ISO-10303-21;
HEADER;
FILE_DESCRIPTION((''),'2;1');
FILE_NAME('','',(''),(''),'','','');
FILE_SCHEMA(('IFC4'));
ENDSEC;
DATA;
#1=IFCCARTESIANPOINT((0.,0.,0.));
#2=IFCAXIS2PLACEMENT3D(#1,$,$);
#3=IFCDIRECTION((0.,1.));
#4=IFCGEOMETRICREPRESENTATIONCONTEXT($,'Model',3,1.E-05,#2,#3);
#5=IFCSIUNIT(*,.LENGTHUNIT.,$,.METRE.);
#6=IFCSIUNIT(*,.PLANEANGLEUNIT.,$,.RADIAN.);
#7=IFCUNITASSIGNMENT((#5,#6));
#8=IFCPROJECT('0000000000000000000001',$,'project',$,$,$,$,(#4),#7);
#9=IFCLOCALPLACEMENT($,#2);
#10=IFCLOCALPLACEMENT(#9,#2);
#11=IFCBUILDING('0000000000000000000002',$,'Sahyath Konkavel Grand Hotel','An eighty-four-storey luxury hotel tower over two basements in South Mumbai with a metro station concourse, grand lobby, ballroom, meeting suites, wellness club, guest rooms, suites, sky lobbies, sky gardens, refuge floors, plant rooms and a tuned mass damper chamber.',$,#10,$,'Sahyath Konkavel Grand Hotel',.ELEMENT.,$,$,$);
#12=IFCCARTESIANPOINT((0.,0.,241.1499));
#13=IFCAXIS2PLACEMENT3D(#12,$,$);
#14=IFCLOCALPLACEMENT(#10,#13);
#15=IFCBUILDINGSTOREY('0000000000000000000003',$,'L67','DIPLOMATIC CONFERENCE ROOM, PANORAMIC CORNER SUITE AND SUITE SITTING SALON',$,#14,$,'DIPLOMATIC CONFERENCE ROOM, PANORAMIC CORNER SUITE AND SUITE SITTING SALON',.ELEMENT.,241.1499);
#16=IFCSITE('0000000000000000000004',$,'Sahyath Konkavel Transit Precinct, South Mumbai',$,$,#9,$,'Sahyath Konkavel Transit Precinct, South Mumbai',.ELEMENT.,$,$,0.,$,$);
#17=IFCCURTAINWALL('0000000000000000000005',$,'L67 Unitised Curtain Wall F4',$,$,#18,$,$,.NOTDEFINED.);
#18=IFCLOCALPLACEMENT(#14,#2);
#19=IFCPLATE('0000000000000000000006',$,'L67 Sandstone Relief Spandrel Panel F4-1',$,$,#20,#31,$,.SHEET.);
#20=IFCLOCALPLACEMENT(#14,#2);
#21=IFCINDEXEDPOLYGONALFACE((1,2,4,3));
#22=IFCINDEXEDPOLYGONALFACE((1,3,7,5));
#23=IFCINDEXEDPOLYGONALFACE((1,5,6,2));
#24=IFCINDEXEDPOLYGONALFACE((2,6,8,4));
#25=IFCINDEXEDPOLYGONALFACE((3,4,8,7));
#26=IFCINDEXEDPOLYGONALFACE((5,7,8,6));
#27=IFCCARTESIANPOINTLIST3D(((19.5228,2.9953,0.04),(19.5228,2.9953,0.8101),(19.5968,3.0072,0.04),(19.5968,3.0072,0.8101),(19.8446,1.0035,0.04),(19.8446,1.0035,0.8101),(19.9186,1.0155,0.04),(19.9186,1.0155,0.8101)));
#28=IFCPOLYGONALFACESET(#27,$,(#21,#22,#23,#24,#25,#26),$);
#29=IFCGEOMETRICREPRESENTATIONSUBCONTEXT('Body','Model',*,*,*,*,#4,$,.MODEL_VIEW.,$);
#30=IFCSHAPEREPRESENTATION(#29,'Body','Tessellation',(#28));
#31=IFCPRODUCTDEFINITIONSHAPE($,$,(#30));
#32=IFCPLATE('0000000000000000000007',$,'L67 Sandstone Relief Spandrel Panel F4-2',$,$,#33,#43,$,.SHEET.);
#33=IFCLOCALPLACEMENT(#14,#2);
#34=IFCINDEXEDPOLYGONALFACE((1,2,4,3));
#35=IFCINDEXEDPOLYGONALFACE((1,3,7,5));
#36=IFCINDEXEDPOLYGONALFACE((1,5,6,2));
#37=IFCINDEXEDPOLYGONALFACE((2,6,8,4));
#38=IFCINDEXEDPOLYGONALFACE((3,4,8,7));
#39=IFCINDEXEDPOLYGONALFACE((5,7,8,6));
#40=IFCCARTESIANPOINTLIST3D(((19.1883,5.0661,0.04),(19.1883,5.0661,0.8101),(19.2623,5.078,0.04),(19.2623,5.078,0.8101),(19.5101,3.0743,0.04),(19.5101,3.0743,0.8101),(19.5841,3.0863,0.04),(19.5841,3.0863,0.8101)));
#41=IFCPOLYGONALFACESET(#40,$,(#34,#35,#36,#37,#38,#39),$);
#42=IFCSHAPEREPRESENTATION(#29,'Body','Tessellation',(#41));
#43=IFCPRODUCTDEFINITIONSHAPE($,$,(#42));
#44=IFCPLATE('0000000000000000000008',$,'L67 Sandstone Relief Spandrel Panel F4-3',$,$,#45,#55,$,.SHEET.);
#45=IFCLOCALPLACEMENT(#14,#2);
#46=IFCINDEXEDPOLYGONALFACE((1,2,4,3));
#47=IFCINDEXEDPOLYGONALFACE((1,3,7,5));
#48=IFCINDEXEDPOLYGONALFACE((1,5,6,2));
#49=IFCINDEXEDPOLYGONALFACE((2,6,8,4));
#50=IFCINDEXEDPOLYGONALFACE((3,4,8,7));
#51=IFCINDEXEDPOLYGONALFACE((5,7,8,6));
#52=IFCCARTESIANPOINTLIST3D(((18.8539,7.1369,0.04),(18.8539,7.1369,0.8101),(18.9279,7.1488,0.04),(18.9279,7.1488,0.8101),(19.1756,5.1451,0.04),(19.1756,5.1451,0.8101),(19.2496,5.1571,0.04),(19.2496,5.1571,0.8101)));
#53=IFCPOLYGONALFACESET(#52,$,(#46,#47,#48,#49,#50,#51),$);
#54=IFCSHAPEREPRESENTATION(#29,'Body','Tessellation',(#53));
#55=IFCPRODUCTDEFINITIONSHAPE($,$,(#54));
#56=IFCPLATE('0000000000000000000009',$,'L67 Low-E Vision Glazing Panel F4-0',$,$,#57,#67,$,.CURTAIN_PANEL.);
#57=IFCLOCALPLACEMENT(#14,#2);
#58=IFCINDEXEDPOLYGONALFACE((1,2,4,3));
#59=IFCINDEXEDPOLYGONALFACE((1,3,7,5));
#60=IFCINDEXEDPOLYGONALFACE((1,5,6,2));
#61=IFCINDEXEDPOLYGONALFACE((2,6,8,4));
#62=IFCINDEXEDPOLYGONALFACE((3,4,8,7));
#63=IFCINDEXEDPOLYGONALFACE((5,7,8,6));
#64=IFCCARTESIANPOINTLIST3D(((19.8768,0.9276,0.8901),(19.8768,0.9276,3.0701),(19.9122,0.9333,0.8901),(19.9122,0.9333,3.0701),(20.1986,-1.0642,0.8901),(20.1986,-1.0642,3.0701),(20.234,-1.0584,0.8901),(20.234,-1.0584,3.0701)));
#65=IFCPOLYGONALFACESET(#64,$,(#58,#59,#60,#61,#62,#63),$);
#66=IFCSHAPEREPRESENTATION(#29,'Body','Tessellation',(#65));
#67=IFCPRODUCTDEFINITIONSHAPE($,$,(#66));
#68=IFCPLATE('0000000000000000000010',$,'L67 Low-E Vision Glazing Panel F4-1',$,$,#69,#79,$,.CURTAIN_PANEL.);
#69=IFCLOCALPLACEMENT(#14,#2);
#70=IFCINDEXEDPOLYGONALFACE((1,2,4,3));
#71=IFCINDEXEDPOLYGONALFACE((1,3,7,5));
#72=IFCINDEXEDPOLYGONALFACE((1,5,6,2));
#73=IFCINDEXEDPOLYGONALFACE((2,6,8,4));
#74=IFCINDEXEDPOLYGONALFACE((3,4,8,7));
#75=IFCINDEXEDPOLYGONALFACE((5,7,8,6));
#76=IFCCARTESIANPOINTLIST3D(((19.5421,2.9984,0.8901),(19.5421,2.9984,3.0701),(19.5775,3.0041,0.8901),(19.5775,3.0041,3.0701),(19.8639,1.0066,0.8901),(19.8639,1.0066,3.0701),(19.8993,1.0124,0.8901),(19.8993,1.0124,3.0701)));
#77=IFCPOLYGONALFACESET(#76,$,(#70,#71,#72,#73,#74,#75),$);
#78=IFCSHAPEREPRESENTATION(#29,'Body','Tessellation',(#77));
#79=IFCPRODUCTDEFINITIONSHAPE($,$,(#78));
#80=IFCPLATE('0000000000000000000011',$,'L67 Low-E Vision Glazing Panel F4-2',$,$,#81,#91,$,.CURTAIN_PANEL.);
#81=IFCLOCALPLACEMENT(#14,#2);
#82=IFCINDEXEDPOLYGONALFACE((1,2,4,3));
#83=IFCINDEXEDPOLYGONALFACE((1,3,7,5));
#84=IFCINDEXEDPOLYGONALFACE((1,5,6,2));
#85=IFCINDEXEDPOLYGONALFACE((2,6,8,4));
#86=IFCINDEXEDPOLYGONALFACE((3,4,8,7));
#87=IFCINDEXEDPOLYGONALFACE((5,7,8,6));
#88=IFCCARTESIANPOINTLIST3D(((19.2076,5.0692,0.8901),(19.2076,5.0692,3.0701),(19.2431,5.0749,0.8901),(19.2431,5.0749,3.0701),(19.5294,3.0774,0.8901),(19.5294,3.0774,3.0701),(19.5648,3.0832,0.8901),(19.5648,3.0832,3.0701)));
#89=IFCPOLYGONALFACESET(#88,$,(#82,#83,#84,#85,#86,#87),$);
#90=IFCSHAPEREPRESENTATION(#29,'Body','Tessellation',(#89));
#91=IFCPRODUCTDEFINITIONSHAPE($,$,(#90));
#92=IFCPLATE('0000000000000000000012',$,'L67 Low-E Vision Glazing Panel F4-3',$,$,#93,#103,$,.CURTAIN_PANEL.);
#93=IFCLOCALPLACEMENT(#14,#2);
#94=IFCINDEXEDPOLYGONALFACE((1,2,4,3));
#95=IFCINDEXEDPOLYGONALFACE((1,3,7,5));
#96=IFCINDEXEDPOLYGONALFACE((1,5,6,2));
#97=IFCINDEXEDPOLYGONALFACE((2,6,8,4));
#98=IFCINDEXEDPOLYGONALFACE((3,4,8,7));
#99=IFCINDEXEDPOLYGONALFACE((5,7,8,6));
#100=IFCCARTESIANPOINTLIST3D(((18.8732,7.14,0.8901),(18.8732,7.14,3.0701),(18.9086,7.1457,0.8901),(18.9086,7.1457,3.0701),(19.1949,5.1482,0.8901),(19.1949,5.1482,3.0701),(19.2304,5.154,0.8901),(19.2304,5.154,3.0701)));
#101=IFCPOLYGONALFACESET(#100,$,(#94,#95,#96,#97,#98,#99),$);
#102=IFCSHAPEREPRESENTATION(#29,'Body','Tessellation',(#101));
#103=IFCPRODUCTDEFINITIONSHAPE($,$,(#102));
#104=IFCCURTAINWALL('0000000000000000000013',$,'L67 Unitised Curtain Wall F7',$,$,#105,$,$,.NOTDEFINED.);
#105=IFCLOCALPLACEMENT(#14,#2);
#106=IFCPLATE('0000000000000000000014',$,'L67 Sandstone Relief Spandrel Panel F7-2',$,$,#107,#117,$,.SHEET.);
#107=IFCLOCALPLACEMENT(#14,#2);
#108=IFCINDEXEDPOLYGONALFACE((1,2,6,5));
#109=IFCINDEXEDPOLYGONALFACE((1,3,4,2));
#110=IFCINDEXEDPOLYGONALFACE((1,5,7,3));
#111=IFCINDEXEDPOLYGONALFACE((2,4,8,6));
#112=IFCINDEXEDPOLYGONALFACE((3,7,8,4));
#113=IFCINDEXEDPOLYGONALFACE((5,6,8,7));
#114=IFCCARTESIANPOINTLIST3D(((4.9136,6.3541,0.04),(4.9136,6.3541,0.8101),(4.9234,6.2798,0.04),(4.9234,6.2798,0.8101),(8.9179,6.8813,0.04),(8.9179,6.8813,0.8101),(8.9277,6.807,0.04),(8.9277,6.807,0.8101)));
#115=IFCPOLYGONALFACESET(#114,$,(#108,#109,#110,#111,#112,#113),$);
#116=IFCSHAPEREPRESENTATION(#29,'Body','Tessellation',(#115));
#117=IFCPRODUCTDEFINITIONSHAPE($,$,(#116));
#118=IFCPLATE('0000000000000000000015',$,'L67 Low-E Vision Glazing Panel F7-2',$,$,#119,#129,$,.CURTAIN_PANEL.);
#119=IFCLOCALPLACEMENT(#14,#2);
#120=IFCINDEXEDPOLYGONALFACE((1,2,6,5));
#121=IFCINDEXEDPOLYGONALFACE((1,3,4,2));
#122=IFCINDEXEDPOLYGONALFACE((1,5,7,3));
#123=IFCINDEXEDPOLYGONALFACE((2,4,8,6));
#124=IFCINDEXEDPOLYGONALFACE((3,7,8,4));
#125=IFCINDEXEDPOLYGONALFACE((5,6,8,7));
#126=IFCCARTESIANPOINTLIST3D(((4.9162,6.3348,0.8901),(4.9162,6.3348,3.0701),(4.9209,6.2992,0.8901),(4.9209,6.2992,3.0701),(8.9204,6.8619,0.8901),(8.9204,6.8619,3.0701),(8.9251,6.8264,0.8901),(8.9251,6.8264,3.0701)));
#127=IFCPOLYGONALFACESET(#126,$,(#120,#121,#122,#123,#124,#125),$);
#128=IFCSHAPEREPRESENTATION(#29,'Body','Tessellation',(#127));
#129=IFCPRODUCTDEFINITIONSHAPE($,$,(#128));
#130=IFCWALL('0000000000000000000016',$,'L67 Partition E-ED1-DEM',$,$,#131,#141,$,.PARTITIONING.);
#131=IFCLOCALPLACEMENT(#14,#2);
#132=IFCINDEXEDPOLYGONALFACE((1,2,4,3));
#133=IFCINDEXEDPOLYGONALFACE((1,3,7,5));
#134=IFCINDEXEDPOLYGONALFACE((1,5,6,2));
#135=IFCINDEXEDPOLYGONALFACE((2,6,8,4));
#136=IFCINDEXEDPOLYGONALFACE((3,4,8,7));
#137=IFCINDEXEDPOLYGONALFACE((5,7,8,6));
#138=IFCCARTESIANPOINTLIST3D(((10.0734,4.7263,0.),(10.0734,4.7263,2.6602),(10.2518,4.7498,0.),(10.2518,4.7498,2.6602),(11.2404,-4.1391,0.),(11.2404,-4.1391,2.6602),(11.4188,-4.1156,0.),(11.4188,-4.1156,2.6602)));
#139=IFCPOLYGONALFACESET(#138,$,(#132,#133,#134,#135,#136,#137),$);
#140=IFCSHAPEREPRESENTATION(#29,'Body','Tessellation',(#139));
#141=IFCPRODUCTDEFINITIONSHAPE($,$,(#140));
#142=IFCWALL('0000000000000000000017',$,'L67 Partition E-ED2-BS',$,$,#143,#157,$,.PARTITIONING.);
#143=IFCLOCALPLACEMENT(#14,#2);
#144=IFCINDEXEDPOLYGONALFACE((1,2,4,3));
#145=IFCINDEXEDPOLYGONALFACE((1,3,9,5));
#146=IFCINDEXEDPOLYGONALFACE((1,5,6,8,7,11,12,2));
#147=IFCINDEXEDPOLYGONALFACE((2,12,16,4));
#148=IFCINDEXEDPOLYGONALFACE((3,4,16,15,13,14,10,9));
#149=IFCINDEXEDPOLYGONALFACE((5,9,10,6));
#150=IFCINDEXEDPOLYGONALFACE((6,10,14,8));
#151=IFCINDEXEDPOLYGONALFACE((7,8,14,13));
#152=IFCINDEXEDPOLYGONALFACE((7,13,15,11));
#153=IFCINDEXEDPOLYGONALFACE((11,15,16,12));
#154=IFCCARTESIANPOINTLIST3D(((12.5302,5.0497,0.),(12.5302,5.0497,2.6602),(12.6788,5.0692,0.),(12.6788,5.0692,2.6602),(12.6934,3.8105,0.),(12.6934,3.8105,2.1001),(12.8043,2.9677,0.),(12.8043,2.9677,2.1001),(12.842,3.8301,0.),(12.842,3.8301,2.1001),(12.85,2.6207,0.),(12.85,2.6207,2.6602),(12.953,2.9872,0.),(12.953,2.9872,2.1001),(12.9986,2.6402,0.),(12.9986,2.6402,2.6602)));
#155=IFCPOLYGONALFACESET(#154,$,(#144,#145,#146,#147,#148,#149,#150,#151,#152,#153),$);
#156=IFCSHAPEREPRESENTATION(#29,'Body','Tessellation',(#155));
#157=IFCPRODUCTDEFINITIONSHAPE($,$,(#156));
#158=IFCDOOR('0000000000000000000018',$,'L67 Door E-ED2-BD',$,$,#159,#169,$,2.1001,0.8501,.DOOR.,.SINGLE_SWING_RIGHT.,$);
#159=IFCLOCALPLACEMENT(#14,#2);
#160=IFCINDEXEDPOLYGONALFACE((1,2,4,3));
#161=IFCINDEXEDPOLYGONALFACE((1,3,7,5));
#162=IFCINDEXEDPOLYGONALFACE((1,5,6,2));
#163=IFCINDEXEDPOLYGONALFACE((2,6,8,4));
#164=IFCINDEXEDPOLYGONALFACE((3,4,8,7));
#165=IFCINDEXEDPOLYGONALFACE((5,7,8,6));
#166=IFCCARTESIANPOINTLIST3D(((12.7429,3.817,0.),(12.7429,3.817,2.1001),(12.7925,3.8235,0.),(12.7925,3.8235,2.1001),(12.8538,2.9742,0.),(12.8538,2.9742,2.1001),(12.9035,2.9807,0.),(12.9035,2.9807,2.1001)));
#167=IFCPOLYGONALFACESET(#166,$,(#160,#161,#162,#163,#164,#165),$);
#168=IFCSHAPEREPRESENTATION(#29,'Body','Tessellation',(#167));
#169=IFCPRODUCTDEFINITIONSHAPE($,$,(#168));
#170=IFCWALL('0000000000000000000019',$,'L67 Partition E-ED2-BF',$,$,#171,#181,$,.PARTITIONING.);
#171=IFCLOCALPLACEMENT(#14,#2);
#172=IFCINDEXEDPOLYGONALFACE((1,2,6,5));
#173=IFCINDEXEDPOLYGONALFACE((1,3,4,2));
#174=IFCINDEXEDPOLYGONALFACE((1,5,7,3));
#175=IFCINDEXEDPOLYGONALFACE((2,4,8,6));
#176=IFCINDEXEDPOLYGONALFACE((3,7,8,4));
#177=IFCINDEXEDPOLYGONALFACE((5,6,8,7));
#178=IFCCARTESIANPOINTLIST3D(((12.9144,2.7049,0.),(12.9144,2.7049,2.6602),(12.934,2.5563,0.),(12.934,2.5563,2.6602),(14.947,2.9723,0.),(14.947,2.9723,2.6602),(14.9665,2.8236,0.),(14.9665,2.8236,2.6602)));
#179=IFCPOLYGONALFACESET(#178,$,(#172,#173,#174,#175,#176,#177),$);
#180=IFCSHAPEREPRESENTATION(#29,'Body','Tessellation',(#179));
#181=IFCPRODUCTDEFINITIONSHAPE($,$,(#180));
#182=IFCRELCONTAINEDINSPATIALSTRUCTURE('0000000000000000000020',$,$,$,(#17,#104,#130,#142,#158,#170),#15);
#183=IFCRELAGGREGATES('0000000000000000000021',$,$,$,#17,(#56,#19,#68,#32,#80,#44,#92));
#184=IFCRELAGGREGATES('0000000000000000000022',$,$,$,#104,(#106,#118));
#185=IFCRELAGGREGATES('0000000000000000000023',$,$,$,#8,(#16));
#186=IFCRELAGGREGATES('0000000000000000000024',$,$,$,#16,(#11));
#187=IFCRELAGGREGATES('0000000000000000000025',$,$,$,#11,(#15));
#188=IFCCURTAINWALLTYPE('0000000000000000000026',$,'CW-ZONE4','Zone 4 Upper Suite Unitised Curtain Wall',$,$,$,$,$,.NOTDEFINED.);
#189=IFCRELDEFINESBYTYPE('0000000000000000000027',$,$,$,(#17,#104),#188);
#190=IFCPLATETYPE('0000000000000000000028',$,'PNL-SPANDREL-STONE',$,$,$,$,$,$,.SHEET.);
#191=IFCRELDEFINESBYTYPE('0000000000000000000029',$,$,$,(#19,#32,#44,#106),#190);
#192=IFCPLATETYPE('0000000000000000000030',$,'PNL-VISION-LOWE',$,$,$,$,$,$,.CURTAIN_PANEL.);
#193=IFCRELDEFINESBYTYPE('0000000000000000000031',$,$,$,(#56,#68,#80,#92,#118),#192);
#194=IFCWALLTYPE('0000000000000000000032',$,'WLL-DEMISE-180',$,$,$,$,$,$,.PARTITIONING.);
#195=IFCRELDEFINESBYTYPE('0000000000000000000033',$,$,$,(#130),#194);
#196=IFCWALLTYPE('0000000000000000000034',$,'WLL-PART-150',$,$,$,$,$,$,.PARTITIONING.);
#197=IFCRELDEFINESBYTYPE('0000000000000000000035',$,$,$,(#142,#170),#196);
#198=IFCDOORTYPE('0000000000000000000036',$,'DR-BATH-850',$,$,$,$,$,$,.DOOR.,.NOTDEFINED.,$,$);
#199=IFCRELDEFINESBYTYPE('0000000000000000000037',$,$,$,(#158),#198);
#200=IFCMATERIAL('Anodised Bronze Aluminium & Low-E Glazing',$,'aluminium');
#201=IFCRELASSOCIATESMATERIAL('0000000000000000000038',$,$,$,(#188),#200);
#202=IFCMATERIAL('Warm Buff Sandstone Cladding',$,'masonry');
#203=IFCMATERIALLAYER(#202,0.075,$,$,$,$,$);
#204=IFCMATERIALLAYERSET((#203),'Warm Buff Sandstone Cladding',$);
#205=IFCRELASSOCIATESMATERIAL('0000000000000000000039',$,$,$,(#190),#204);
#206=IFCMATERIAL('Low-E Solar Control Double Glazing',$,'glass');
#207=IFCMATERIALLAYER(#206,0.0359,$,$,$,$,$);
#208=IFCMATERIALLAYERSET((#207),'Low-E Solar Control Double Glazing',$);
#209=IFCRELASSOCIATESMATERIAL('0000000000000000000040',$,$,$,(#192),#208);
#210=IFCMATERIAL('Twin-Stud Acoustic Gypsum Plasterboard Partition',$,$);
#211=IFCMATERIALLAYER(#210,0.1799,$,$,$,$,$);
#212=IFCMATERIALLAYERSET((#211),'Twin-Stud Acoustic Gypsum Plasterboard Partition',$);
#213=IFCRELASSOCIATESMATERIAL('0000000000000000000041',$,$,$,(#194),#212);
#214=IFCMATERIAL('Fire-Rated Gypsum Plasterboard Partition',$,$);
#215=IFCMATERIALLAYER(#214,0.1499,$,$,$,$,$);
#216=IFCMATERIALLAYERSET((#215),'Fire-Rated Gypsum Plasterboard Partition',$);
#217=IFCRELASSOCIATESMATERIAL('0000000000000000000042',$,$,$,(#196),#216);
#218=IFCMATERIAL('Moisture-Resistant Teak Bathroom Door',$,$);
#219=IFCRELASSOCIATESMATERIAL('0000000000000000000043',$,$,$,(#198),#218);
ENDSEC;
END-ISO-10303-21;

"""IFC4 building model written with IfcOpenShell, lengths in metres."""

from ifc_helpers import new_model, si_unit, direction, frame, frame_2d, origin, origin_2d, place, context, subcontext, project, spatial, rectangle, extrude, source, transform, mapped, material, layer, layer_set, type_object, element, fill, aggregate, save


model = new_model("IFC4")

# Units and contexts
model_context = context("Model", 3, precision=1e-05, world=origin(), true_north=direction((0.0, 1.0)))
body_context = subcontext(model_context, "Body", "Model", "MODEL_VIEW")
ifc_project = project(units=[si_unit("LENGTHUNIT", "METRE"), si_unit("PLANEANGLEUNIT", "RADIAN")], contexts=[model_context])

# Site, building, storey
site_placement = place(None, origin())
site = spatial("IfcSite", under=ifc_project, at=site_placement, Name="Sahyath Konkavel Transit Precinct, South Mumbai", LongName="Sahyath Konkavel Transit Precinct, South Mumbai", CompositionType="ELEMENT", RefElevation=0.0)
building_placement = place(site_placement, origin())
building = spatial("IfcBuilding", under=site, at=building_placement, Name="Sahyath Konkavel Grand Hotel", Description="An eighty-four-storey luxury hotel tower over two basements in South Mumbai with a metro station concourse, grand lobby, ballroom, meeting suites, wellness club, guest rooms, suites, sky lobbies, sky gardens, refuge floors, plant rooms and a tuned mass damper chamber.", LongName="Sahyath Konkavel Grand Hotel", CompositionType="ELEMENT")
storey_placement = place(building_placement, frame((0.0, 0.0, 241.1499)))
storey = spatial("IfcBuildingStorey", under=building, at=storey_placement, Name="L67", Description="DIPLOMATIC CONFERENCE ROOM, PANORAMIC CORNER SUITE AND SUITE SITTING SALON", LongName="DIPLOMATIC CONFERENCE ROOM, PANORAMIC CORNER SUITE AND SUITE SITTING SALON", CompositionType="ELEMENT", Elevation=241.1499)

# Curtain wall
ifc_material_1 = material(Name="Anodised Bronze Aluminium & Low-E Glazing", Category="aluminium")
curtain_wall_type = type_object("IfcCurtainWallType", Name="CW-ZONE4", Description="Zone 4 Upper Suite Unitised Curtain Wall", PredefinedType="NOTDEFINED", material=ifc_material_1)
curtain_wall_1_placement = place(storey_placement, origin())
curtain_wall_1 = element("IfcCurtainWall", 1, at=curtain_wall_1_placement, inside=storey, type_object=curtain_wall_type, Name="L67 Unitised Curtain Wall F4", PredefinedType="NOTDEFINED")

# Plates
ifc_material_2 = material(Name="Warm Buff Sandstone Cladding", Category="masonry")
ifc_layer_1 = layer(ifc_material_2, 0.075)
ifc_layer_set_1 = layer_set([ifc_layer_1], Name="Warm Buff Sandstone Cladding")
plate_type_1 = type_object("IfcPlateType", Name="PNL-SPANDREL-STONE", PredefinedType="SHEET", material=ifc_layer_set_1)
shared_shape_1 = source(origin(), body_context, "Body", "SweptSolid", [
    extrude(rectangle(XDim=2.0176, YDim=0.075, at=origin_2d()), origin(), (0.0, 0.0, 1.0), 0.77),
])
plate_1_placement = place(storey_placement, frame((19.7207, 2.0054, 0.04), z_axis=(0.0, 0.0, 1.0), x_axis=(-0.159485, 0.9872, 0.0)))
plate_1 = element("IfcPlate", 2, at=plate_1_placement, type_object=plate_type_1, Name="L67 Sandstone Relief Spandrel Panel F4-1", PredefinedType="SHEET", context=body_context, shape_type="MappedRepresentation", body=[
    mapped(shared_shape_1, transform((0.0, 0.0, 0.0), scale=1.0)),
])
plate_2_placement = place(storey_placement, frame((19.3862, 4.0762, 0.04), z_axis=(0.0, 0.0, 1.0), x_axis=(-0.159485, 0.9872, 0.0)))
plate_2 = element("IfcPlate", 3, at=plate_2_placement, type_object=plate_type_1, Name="L67 Sandstone Relief Spandrel Panel F4-2", PredefinedType="SHEET", context=body_context, shape_type="MappedRepresentation", body=[
    mapped(shared_shape_1, transform((0.0, 0.0, 0.0), scale=1.0)),
])
plate_3_placement = place(storey_placement, frame((19.0518, 6.147, 0.04), z_axis=(0.0, 0.0, 1.0), x_axis=(-0.159485, 0.9872, 0.0)))
plate_3 = element("IfcPlate", 4, at=plate_3_placement, type_object=plate_type_1, Name="L67 Sandstone Relief Spandrel Panel F4-3", PredefinedType="SHEET", context=body_context, shape_type="MappedRepresentation", body=[
    mapped(shared_shape_1, transform((0.0, 0.0, 0.0), scale=1.0)),
])
ifc_material_3 = material(Name="Low-E Solar Control Double Glazing", Category="glass")
ifc_layer_2 = layer(ifc_material_3, 0.0359)
ifc_layer_set_2 = layer_set([ifc_layer_2], Name="Low-E Solar Control Double Glazing")
plate_type_2 = type_object("IfcPlateType", Name="PNL-VISION-LOWE", PredefinedType="CURTAIN_PANEL", material=ifc_layer_set_2)
shared_shape_2 = source(origin(), body_context, "Body", "SweptSolid", [
    extrude(rectangle(XDim=2.0176, YDim=0.0359, at=origin_2d()), origin(), (0.0, 0.0, 1.0), 2.1799),
])
plate_4_placement = place(storey_placement, frame((20.0554, -0.0654, 0.8901), z_axis=(0.0, 0.0, 1.0), x_axis=(-0.159485, 0.9872, 0.0)))
plate_4 = element("IfcPlate", 5, at=plate_4_placement, type_object=plate_type_2, Name="L67 Low-E Vision Glazing Panel F4-0", PredefinedType="CURTAIN_PANEL", context=body_context, shape_type="MappedRepresentation", body=[
    mapped(shared_shape_2, transform((0.0, 0.0, 0.0), scale=1.0)),
])
plate_5_placement = place(storey_placement, frame((19.7207, 2.0054, 0.8901), z_axis=(0.0, 0.0, 1.0), x_axis=(-0.159485, 0.9872, 0.0)))
plate_5 = element("IfcPlate", 6, at=plate_5_placement, type_object=plate_type_2, Name="L67 Low-E Vision Glazing Panel F4-1", PredefinedType="CURTAIN_PANEL", context=body_context, shape_type="MappedRepresentation", body=[
    mapped(shared_shape_2, transform((0.0, 0.0, 0.0), scale=1.0)),
])
plate_6_placement = place(storey_placement, frame((19.3862, 4.0762, 0.8901), z_axis=(0.0, 0.0, 1.0), x_axis=(-0.159485, 0.9872, 0.0)))
plate_6 = element("IfcPlate", 7, at=plate_6_placement, type_object=plate_type_2, Name="L67 Low-E Vision Glazing Panel F4-2", PredefinedType="CURTAIN_PANEL", context=body_context, shape_type="MappedRepresentation", body=[
    mapped(shared_shape_2, transform((0.0, 0.0, 0.0), scale=1.0)),
])
plate_7_placement = place(storey_placement, frame((19.0518, 6.147, 0.8901), z_axis=(0.0, 0.0, 1.0), x_axis=(-0.159485, 0.9872, 0.0)))
plate_7 = element("IfcPlate", 8, at=plate_7_placement, type_object=plate_type_2, Name="L67 Low-E Vision Glazing Panel F4-3", PredefinedType="CURTAIN_PANEL", context=body_context, shape_type="MappedRepresentation", body=[
    mapped(shared_shape_2, transform((0.0, 0.0, 0.0), scale=1.0)),
])
aggregate(curtain_wall_1, [plate_4, plate_1, plate_5, plate_2, plate_6, plate_3, plate_7])

# Curtain wall, plates
curtain_wall_2_placement = place(storey_placement, origin())
curtain_wall_2 = element("IfcCurtainWall", 9, at=curtain_wall_2_placement, inside=storey, type_object=curtain_wall_type, Name="L67 Unitised Curtain Wall F7", PredefinedType="NOTDEFINED")
shared_shape_3 = source(origin(), body_context, "Body", "SweptSolid", [
    extrude(rectangle(XDim=4.0388, YDim=0.075, at=origin_2d()), origin(), (0.0, 0.0, 1.0), 0.77),
])
plate_8_placement = place(storey_placement, frame((6.9207, 6.5806, 0.04), z_axis=(0.0, 0.0, 1.0), x_axis=(-0.991445, -0.130526, 0.0)))
plate_8 = element("IfcPlate", 10, at=plate_8_placement, type_object=plate_type_1, Name="L67 Sandstone Relief Spandrel Panel F7-2", PredefinedType="SHEET", context=body_context, shape_type="MappedRepresentation", body=[
    mapped(shared_shape_3, transform((0.0, 0.0, 0.0), scale=1.0)),
])
shared_shape_4 = source(origin(), body_context, "Body", "SweptSolid", [
    extrude(rectangle(XDim=4.0388, YDim=0.0359, at=origin_2d()), origin(), (0.0, 0.0, 1.0), 2.1799),
])
plate_9_placement = place(storey_placement, frame((6.9207, 6.5806, 0.8901), z_axis=(0.0, 0.0, 1.0), x_axis=(-0.991445, -0.130526, 0.0)))
plate_9 = element("IfcPlate", 11, at=plate_9_placement, type_object=plate_type_2, Name="L67 Low-E Vision Glazing Panel F7-2", PredefinedType="CURTAIN_PANEL", context=body_context, shape_type="MappedRepresentation", body=[
    mapped(shared_shape_4, transform((0.0, 0.0, 0.0), scale=1.0)),
])
aggregate(curtain_wall_2, [plate_8, plate_9])

# Wall
ifc_material_4 = material(Name="Twin-Stud Acoustic Gypsum Plasterboard Partition")
ifc_layer_3 = layer(ifc_material_4, 0.1799)
ifc_layer_set_3 = layer_set([ifc_layer_3], Name="Twin-Stud Acoustic Gypsum Plasterboard Partition")
wall_type_1 = type_object("IfcWallType", Name="WLL-DEMISE-180", PredefinedType="PARTITIONING", material=ifc_layer_set_3)
wall_1_placement = place(storey_placement, frame((10.1626, 4.738, 0.0), z_axis=(0.0, 0.0, 1.0), x_axis=(0.130507, -0.991447, 0.0)))
element("IfcWall", 12, at=wall_1_placement, inside=storey, type_object=wall_type_1, Name="L67 Partition E-ED1-DEM", PredefinedType="PARTITIONING", context=body_context, shape_type="SweptSolid", body=[
    extrude(rectangle(XDim=8.9419, YDim=0.1799, at=frame_2d((4.4709, 0.0))), origin(), (0.0, 0.0, 1.0), 2.6602),
])

# Wall, opening, door
ifc_material_5 = material(Name="Fire-Rated Gypsum Plasterboard Partition")
ifc_layer_4 = layer(ifc_material_5, 0.1499)
ifc_layer_set_4 = layer_set([ifc_layer_4], Name="Fire-Rated Gypsum Plasterboard Partition")
wall_type_2 = type_object("IfcWallType", Name="WLL-PART-150", PredefinedType="PARTITIONING", material=ifc_layer_set_4)
wall_2_placement = place(storey_placement, frame((12.6045, 5.0596, 0.0), z_axis=(0.0, 0.0, 1.0), x_axis=(0.130545, -0.991442, 0.0)))
wall_2 = element("IfcWall", 13, at=wall_2_placement, inside=storey, type_object=wall_type_2, Name="L67 Partition E-ED2-BS", PredefinedType="PARTITIONING", context=body_context, shape_type="SweptSolid", body=[
    extrude(rectangle(XDim=2.45, YDim=0.1499, at=frame_2d((1.2251, 0.0))), origin(), (0.0, 0.0, 1.0), 2.6602),
])
opening_1_placement = place(wall_2_placement, frame((1.25, 0.0, 0.0)))
opening_1 = element("IfcOpeningElement", 14, at=opening_1_placement, cuts=wall_2, PredefinedType="OPENING", context=body_context, shape_type="SweptSolid", body=[
    extrude(rectangle(XDim=0.8501, YDim=2.1001, at=frame_2d((0.425, 1.05))), frame((0.0, 0.085, 0.0), z_axis=(0.0, -1.0, 0.0), x_axis=(1.0, 0.0, 0.0)), (0.0, 0.0, 1.0), 0.1699),
])
ifc_material_6 = material(Name="Moisture-Resistant Teak Bathroom Door")
door_type = type_object("IfcDoorType", Name="DR-BATH-850", OperationType="NOTDEFINED", PredefinedType="DOOR", material=ifc_material_6)
shared_shape_5 = source(origin(), body_context, "Body", "SweptSolid", [
    extrude(rectangle(XDim=0.8501, YDim=0.05, at=origin_2d()), origin(), (0.0, 0.0, 1.0), 2.1001),
])
door_1_placement = place(opening_1_placement, frame((0.425, 0.0, 0.0)))
door_1 = element("IfcDoor", 15, at=door_1_placement, inside=storey, type_object=door_type, Name="L67 Door E-ED2-BD", OperationType="SINGLE_SWING_RIGHT", OverallHeight=2.1001, OverallWidth=0.8501, PredefinedType="DOOR", context=body_context, shape_type="MappedRepresentation", body=[
    mapped(shared_shape_5, transform((0.0, 0.0, 0.0), scale=1.0)),
])
fill(opening_1, door_1)

# Wall
wall_3_placement = place(storey_placement, frame((12.9243, 2.6306, 0.0), z_axis=(0.0, 0.0, 1.0), x_axis=(0.99146, 0.130408, 0.0)))
element("IfcWall", 16, at=wall_3_placement, inside=storey, type_object=wall_type_2, Name="L67 Partition E-ED2-BF", PredefinedType="PARTITIONING", context=body_context, shape_type="SweptSolid", body=[
    extrude(rectangle(XDim=2.05, YDim=0.1499, at=frame_2d((1.0249, 0.0))), origin(), (0.0, 0.0, 1.0), 2.6602),
])

save(model, "model.ifc")
